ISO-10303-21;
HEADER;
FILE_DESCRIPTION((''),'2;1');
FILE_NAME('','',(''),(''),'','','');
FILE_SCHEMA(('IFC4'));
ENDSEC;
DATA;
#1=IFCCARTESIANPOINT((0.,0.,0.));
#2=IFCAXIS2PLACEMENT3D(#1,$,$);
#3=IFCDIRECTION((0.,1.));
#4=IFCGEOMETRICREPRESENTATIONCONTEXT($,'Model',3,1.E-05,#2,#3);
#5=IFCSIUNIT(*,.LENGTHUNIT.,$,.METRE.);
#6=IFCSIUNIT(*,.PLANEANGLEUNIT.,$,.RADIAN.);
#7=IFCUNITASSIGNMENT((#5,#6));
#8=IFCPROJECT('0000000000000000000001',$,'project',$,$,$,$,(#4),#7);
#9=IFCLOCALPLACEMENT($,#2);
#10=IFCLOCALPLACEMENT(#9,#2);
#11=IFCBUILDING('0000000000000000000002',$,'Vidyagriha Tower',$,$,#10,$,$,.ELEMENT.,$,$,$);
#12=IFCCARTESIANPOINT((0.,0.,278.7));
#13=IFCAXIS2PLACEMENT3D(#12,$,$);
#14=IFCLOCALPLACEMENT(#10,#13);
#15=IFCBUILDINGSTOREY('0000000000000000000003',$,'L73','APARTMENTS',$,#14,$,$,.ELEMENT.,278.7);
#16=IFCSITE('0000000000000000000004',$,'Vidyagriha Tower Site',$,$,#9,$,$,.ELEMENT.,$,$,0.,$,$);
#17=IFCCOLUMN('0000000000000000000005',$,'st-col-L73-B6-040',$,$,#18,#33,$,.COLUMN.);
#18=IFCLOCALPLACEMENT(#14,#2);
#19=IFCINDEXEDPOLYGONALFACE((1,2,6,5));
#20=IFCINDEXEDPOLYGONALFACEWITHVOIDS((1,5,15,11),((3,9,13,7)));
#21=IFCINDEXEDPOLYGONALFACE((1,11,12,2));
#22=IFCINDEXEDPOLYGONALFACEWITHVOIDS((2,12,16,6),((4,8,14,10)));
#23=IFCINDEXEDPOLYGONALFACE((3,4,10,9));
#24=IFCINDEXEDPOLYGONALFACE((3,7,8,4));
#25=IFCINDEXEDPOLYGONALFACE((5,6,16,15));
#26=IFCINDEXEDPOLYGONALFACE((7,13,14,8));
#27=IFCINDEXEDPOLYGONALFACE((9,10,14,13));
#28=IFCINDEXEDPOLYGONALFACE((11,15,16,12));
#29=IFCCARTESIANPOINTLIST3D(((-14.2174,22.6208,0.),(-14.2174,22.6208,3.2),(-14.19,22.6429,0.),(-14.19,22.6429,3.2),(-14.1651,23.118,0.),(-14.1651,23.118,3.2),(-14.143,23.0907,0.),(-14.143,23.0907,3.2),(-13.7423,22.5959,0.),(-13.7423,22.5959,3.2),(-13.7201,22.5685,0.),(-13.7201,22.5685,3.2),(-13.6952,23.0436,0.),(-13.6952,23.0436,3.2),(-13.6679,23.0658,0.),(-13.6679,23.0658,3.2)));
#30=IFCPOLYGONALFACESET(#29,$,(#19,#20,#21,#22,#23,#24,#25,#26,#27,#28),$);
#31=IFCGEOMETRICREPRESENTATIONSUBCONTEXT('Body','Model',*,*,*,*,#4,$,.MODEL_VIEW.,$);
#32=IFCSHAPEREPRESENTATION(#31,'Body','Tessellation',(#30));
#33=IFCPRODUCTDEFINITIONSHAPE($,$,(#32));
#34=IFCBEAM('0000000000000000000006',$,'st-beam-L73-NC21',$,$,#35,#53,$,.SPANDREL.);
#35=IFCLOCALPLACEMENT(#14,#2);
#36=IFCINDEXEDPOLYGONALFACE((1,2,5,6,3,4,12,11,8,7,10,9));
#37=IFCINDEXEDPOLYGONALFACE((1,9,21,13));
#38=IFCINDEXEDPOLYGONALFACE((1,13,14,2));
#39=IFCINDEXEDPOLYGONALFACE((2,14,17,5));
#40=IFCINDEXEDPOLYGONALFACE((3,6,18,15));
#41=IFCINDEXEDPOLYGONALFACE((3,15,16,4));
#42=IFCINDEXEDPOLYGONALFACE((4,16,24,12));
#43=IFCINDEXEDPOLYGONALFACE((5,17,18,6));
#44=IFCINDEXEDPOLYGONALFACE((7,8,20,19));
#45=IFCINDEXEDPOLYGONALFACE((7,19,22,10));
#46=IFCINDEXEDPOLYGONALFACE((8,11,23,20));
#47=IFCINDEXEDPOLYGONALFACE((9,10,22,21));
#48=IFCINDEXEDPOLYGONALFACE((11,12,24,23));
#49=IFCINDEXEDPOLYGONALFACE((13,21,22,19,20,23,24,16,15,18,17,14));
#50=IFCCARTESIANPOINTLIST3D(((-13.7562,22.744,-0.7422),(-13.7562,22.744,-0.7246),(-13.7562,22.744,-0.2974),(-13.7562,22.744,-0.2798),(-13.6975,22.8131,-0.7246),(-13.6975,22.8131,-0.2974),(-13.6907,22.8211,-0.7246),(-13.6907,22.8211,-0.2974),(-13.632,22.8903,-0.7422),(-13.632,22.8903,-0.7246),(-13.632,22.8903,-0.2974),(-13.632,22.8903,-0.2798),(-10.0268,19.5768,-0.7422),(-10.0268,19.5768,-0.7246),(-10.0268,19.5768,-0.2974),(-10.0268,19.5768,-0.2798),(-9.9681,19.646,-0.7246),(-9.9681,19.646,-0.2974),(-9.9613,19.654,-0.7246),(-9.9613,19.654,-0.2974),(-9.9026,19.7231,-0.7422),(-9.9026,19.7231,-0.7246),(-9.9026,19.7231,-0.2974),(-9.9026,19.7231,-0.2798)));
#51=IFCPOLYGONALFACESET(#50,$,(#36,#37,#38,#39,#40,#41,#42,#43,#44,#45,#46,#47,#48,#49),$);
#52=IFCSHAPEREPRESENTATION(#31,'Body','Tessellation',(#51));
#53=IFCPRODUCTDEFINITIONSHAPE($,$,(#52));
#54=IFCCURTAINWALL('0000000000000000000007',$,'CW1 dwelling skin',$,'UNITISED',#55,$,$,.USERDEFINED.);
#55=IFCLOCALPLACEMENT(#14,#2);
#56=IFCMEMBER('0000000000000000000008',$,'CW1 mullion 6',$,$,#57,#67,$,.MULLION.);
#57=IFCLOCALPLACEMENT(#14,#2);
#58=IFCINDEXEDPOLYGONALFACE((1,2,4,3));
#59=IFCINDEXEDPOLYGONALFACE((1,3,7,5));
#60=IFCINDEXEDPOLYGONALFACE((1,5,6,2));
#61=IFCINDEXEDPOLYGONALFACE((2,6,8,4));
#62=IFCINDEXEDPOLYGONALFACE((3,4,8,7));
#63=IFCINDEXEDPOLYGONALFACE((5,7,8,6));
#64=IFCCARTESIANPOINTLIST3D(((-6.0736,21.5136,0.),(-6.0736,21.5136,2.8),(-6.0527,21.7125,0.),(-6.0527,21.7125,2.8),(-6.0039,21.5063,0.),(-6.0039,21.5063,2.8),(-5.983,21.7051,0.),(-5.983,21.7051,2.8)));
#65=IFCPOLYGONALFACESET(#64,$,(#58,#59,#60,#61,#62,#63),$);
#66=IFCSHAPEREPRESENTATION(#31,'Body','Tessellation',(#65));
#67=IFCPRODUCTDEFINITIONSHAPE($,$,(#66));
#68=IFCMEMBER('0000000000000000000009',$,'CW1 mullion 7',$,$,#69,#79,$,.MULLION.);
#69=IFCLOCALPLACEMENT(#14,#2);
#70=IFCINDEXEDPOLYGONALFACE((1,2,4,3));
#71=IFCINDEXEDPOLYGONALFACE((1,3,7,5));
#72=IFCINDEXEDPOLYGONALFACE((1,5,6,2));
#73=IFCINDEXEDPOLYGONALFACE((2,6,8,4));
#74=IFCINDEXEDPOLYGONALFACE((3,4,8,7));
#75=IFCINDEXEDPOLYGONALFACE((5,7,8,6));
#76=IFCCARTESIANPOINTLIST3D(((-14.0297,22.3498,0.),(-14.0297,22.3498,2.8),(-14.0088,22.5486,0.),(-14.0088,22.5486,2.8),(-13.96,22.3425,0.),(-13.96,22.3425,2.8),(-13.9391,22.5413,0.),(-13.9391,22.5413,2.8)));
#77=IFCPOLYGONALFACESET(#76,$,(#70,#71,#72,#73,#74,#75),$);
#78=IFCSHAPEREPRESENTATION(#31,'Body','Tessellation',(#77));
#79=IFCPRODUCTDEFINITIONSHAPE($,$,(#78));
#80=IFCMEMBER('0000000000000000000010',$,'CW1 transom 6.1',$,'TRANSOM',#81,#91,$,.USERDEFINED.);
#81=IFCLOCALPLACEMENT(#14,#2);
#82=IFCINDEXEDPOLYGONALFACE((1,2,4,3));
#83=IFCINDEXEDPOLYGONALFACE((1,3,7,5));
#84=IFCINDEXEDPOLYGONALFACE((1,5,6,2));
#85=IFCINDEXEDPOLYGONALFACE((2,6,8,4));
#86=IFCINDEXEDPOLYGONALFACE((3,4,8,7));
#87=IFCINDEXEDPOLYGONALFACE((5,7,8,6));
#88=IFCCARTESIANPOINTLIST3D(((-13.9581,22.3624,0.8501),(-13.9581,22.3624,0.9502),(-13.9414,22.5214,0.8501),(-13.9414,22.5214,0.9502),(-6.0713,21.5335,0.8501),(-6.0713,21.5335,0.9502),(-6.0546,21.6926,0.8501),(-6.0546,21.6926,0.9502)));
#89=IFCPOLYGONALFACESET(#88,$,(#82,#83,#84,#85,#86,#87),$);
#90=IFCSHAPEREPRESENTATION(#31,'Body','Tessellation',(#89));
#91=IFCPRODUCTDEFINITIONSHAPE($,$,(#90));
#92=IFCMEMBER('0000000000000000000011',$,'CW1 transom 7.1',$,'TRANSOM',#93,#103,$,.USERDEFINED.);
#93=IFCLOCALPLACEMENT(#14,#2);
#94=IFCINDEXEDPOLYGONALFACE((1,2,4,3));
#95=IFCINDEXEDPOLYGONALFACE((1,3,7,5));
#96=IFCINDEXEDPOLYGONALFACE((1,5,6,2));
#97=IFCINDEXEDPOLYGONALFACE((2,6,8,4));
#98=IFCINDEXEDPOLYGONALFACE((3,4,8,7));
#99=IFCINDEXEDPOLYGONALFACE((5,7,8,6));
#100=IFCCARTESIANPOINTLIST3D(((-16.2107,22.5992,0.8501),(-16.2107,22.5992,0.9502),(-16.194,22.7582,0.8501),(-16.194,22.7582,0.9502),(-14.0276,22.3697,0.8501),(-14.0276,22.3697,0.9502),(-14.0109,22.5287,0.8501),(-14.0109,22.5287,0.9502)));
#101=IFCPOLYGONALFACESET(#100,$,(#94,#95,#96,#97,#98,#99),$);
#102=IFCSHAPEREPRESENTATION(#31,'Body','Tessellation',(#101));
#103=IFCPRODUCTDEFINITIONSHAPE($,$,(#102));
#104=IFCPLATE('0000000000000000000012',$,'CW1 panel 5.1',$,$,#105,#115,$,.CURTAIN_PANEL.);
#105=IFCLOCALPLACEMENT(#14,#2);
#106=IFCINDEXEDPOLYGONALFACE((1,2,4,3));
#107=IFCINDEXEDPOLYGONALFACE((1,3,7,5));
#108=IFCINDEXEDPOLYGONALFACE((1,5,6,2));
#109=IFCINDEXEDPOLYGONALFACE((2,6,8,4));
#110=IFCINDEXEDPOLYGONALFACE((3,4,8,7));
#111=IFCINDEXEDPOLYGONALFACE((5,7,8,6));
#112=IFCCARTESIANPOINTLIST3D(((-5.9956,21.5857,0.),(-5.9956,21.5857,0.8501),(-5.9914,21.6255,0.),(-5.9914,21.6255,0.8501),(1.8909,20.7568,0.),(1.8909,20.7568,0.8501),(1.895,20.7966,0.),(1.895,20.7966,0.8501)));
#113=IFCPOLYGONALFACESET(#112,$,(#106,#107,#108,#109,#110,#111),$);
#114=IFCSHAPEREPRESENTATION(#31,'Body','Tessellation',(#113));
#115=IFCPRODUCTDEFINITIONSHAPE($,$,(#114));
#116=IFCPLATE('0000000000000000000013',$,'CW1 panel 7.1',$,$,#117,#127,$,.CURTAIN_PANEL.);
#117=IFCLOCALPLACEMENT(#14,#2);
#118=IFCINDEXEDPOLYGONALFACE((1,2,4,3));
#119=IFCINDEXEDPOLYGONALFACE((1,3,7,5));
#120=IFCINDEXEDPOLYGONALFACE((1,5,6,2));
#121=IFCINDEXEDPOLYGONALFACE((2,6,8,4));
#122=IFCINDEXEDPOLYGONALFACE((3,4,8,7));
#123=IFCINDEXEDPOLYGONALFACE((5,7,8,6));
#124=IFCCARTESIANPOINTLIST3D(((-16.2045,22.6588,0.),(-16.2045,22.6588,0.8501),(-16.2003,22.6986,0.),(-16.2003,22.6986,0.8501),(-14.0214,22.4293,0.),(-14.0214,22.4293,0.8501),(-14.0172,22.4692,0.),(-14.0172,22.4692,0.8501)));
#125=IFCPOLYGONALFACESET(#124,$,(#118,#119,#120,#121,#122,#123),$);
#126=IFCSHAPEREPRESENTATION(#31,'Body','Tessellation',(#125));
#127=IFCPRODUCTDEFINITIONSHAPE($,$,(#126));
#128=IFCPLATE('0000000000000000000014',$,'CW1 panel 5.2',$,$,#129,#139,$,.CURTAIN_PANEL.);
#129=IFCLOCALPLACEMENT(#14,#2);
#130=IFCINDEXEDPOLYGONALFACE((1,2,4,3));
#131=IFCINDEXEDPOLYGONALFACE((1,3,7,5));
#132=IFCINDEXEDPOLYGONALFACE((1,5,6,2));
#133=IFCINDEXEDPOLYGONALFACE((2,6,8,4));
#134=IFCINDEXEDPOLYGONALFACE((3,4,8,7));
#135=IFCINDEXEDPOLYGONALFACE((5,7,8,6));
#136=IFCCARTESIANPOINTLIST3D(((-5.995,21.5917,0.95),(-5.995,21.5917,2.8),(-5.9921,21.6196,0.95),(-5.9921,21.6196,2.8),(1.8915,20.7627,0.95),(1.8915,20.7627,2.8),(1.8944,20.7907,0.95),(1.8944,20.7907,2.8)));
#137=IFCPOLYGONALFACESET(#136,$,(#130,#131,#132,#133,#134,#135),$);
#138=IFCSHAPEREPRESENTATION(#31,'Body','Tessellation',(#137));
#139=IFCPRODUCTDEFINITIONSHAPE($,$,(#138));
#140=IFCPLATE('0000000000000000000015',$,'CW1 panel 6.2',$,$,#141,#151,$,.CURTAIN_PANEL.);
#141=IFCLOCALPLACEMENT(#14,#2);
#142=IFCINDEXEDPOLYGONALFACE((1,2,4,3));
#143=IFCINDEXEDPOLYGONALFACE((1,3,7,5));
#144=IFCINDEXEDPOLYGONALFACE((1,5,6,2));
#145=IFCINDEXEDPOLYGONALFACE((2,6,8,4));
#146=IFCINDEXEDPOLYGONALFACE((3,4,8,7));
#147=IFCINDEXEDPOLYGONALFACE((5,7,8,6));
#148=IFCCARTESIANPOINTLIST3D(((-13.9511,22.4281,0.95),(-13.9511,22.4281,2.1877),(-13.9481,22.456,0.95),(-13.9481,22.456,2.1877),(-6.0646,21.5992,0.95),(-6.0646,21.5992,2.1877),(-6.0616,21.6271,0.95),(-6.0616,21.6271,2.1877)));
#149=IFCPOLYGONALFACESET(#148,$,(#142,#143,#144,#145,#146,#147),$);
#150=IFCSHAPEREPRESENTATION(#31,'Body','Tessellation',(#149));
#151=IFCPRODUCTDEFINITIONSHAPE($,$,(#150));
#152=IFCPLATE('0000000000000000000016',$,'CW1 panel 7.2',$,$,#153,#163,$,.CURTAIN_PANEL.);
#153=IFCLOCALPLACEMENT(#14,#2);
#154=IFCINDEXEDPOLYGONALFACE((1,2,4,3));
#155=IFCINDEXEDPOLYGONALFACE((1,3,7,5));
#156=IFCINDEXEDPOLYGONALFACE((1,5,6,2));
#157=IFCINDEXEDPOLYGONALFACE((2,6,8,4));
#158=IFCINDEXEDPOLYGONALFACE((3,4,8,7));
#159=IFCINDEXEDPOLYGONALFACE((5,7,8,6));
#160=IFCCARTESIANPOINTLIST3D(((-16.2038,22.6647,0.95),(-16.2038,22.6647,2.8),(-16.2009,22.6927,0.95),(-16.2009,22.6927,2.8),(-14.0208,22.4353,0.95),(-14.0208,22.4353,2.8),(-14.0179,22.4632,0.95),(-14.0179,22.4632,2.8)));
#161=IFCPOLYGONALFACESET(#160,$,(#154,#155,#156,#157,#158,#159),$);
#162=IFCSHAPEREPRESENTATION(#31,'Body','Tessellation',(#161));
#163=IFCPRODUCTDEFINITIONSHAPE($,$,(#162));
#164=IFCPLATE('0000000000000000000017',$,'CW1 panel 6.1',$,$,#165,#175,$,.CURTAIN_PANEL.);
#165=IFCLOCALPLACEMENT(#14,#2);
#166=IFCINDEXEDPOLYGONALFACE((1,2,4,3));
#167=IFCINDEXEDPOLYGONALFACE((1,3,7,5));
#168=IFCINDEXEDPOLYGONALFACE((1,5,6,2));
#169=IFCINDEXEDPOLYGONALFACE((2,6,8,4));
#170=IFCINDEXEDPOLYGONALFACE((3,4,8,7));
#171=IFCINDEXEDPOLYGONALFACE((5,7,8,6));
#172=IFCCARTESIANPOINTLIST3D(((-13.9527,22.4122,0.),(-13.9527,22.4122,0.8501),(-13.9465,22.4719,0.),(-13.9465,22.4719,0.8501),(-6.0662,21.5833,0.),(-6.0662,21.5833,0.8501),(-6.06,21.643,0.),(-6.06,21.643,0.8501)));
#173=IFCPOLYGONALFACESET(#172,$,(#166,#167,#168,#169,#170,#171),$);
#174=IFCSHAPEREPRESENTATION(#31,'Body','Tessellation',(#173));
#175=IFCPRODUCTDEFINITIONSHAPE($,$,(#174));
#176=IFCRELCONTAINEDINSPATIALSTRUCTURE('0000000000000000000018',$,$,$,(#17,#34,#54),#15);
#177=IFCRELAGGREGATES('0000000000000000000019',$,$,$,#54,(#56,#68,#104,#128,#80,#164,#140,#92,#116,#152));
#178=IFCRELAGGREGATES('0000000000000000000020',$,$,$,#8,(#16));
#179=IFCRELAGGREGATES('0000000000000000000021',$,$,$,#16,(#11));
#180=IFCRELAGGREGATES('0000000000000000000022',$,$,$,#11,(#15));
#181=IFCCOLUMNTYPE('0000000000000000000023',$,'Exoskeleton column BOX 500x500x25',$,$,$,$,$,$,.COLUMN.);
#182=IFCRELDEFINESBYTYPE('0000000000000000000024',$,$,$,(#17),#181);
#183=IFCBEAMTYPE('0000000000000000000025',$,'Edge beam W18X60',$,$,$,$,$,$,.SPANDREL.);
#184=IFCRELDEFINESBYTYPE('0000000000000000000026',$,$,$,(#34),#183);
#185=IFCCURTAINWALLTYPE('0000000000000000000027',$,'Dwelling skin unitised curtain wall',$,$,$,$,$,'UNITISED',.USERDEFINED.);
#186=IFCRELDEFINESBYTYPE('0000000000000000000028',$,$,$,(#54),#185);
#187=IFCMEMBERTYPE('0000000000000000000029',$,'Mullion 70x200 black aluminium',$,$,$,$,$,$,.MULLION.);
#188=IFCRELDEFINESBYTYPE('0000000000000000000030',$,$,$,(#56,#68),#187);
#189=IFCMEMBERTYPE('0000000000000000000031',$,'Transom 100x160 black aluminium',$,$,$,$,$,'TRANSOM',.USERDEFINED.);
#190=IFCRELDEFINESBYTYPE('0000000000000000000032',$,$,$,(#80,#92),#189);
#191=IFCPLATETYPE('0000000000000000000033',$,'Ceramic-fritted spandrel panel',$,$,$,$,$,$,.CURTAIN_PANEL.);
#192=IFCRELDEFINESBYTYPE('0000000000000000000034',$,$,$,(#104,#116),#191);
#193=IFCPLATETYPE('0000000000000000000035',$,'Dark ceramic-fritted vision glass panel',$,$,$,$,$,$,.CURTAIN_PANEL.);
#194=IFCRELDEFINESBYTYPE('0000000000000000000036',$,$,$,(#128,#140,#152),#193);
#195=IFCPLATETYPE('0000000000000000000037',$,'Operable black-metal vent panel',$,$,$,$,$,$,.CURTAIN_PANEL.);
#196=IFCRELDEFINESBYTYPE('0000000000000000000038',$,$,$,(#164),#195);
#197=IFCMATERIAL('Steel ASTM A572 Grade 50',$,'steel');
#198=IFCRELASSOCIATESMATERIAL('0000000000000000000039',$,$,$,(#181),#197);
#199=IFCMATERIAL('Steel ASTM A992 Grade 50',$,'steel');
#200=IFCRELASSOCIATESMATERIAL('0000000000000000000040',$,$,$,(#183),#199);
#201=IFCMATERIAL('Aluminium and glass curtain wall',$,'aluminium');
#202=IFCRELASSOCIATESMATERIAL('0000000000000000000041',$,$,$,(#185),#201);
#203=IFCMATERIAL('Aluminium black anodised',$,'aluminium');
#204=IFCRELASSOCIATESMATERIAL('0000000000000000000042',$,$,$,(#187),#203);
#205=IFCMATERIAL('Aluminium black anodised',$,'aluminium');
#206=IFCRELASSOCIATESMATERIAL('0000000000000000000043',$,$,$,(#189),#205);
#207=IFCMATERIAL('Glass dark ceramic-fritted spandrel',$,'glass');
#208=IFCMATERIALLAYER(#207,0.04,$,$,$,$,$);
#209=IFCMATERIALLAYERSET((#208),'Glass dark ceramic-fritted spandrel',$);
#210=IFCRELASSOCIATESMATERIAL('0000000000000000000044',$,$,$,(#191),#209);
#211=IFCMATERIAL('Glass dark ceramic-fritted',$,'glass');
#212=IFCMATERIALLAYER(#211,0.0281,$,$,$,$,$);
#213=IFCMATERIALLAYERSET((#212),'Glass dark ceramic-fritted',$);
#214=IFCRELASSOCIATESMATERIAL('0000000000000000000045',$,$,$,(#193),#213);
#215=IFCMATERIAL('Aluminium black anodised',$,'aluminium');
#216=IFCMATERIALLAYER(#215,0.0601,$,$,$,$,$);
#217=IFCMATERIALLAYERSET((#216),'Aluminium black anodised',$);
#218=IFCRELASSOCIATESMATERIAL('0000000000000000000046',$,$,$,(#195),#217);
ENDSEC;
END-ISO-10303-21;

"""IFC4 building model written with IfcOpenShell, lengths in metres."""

from ifc_helpers import new_model, si_unit, direction, frame, origin, origin_2d, place, context, subcontext, project, spatial, rectangle, hollow_rectangle, i_section, extrude, material, layer, layer_set, material_profile, profile_set, type_object, element, aggregate, save


model = new_model("IFC4")

# Units and contexts
model_context = context("Model", 3, precision=1e-05, world=origin(), true_north=direction((0.0, 1.0)))
body_context = subcontext(model_context, "Body", "Model", "MODEL_VIEW")
ifc_project = project(units=[si_unit("LENGTHUNIT", "METRE"), si_unit("PLANEANGLEUNIT", "RADIAN")], contexts=[model_context])

# Site, building, storey
site_placement = place(None, origin())
site = spatial("IfcSite", under=ifc_project, at=site_placement, Name="Vidyagriha Tower Site", CompositionType="ELEMENT", RefElevation=0.0)
building_placement = place(site_placement, origin())
building = spatial("IfcBuilding", under=site, at=building_placement, Name="Vidyagriha Tower", CompositionType="ELEMENT")
storey_placement = place(building_placement, frame((0.0, 0.0, 278.7)))
storey = spatial("IfcBuildingStorey", under=building, at=storey_placement, Name="L73", Description="APARTMENTS", CompositionType="ELEMENT", Elevation=278.7)

# Column
ifc_material_1 = material(Name="Steel ASTM A572 Grade 50", Category="steel")
ifc_material_profile_1 = material_profile(ifc_material_1, hollow_rectangle(XDim=0.5, YDim=0.5, WallThickness=0.0249, at=origin_2d()), Name="BOX 500x500x25")
ifc_profile_set_1 = profile_set([ifc_material_profile_1], Name="Steel ASTM A572 Grade 50")
column_type = type_object("IfcColumnType", Name="Exoskeleton column BOX 500x500x25", PredefinedType="COLUMN", material=ifc_profile_set_1)
column_placement = place(storey_placement, frame((-13.9426, 22.8433, 0.0), z_axis=(0.0, 0.0, 1.0), x_axis=(0.994522, -0.104528, 0.0)))
element("IfcColumn", 1, at=column_placement, inside=storey, type_object=column_type, Name="st-col-L73-B6-040", PredefinedType="COLUMN", context=body_context, shape_type="SweptSolid", body=[
    extrude(hollow_rectangle(XDim=0.5, YDim=0.5, WallThickness=0.0249, at=origin_2d()), origin(), (0.0, 0.0, 1.0), 3.2),
])

# Beam
ifc_material_2 = material(Name="Steel ASTM A992 Grade 50", Category="steel")
ifc_material_profile_2 = material_profile(ifc_material_2, i_section(OverallWidth=0.1919, OverallDepth=0.4624, WebThickness=0.0105, FlangeThickness=0.0176, at=origin_2d()), Name="W18X60")
ifc_profile_set_2 = profile_set([ifc_material_profile_2], Name="Steel ASTM A992 Grade 50")
beam_type = type_object("IfcBeamType", Name="Edge beam W18X60", PredefinedType="SPANDREL", material=ifc_profile_set_2)
beam_placement = place(storey_placement, frame((-13.6941, 22.8171, -0.511), z_axis=(0.762225, -0.647312, 0.0), x_axis=(0.647312, 0.762225, 0.0)))
element("IfcBeam", 2, at=beam_placement, inside=storey, type_object=beam_type, Name="st-beam-L73-NC21", PredefinedType="SPANDREL", context=body_context, shape_type="SweptSolid", body=[
    extrude(i_section(OverallWidth=0.1919, OverallDepth=0.4624, WebThickness=0.0105, FlangeThickness=0.0176, at=origin_2d()), origin(), (0.0, 0.0, 1.0), 4.8928),
])

# Curtain wall, members, plates
ifc_material_3 = material(Name="Aluminium and glass curtain wall", Category="aluminium")
curtain_wall_type = type_object("IfcCurtainWallType", Name="Dwelling skin unitised curtain wall", ElementType="UNITISED", PredefinedType="USERDEFINED", material=ifc_material_3)
curtain_wall_placement = place(storey_placement, origin())
curtain_wall = element("IfcCurtainWall", 3, at=curtain_wall_placement, inside=storey, type_object=curtain_wall_type, Name="CW1 dwelling skin", ObjectType="UNITISED", PredefinedType="USERDEFINED")
ifc_material_4 = material(Name="Aluminium black anodised", Category="aluminium")
ifc_material_profile_3 = material_profile(ifc_material_4, rectangle(XDim=0.2, YDim=0.0701, at=origin_2d()), Name="Mullion 70x200 black aluminium")
ifc_profile_set_3 = profile_set([ifc_material_profile_3], Name="Aluminium black anodised")
member_type_1 = type_object("IfcMemberType", Name="Mullion 70x200 black aluminium", PredefinedType="MULLION", material=ifc_profile_set_3)
member_1_placement = place(storey_placement, frame((-6.0283, 21.6094, 0.0), z_axis=(0.0, 0.0, 1.0), x_axis=(-0.104529, -0.994522, 0.0)))
member_1 = element("IfcMember", 4, at=member_1_placement, type_object=member_type_1, Name="CW1 mullion 6", PredefinedType="MULLION", context=body_context, shape_type="SweptSolid", body=[
    extrude(rectangle(XDim=0.2, YDim=0.0701, at=origin_2d()), origin(), (0.0, 0.0, 1.0), 2.8),
])
member_2_placement = place(storey_placement, frame((-13.9844, 22.4456, 0.0), z_axis=(0.0, 0.0, 1.0), x_axis=(-0.104529, -0.994522, 0.0)))
member_2 = element("IfcMember", 5, at=member_2_placement, type_object=member_type_1, Name="CW1 mullion 7", PredefinedType="MULLION", context=body_context, shape_type="SweptSolid", body=[
    extrude(rectangle(XDim=0.2, YDim=0.0701, at=origin_2d()), origin(), (0.0, 0.0, 1.0), 2.8),
])
ifc_material_5 = material(Name="Aluminium black anodised", Category="aluminium")
ifc_material_profile_4 = material_profile(ifc_material_5, rectangle(XDim=0.1599, YDim=0.1001, at=origin_2d()), Name="Transom 100x160 black aluminium")
ifc_profile_set_4 = profile_set([ifc_material_profile_4], Name="Aluminium black anodised")
member_type_2 = type_object("IfcMemberType", Name="Transom 100x160 black aluminium", ElementType="TRANSOM", PredefinedType="USERDEFINED", material=ifc_profile_set_4)
member_3_placement = place(storey_placement, frame((-6.063, 21.613, 0.9001), z_axis=(-0.994523, 0.10452, 0.0), x_axis=(-0.10452, -0.994523, 0.0)))
member_3 = element("IfcMember", 6, at=member_3_placement, type_object=member_type_2, Name="CW1 transom 6.1", ObjectType="TRANSOM", PredefinedType="USERDEFINED", context=body_context, shape_type="SweptSolid", body=[
    extrude(rectangle(XDim=0.1599, YDim=0.1001, at=origin_2d()), origin(), (0.0, 0.0, 1.0), 7.9302),
])
member_4_placement = place(storey_placement, frame((-14.0193, 22.4492, 0.9001), z_axis=(-0.99452, 0.104546, 0.0), x_axis=(-0.104546, -0.99452, 0.0)))
member_4 = element("IfcMember", 7, at=member_4_placement, type_object=member_type_2, Name="CW1 transom 7.1", ObjectType="TRANSOM", PredefinedType="USERDEFINED", context=body_context, shape_type="SweptSolid", body=[
    extrude(rectangle(XDim=0.1599, YDim=0.1001, at=origin_2d()), origin(), (0.0, 0.0, 1.0), 2.1951),
])
ifc_material_6 = material(Name="Glass dark ceramic-fritted spandrel", Category="glass")
ifc_layer_1 = layer(ifc_material_6, 0.04)
ifc_layer_set_1 = layer_set([ifc_layer_1], Name="Glass dark ceramic-fritted spandrel")
plate_type_1 = type_object("IfcPlateType", Name="Ceramic-fritted spandrel panel", PredefinedType="CURTAIN_PANEL", material=ifc_layer_set_1)
plate_1_placement = place(storey_placement, frame((-2.0503, 21.1912, 0.0), z_axis=(0.0, 0.0, 1.0), x_axis=(-0.994522, 0.104529, 0.0)))
plate_1 = element("IfcPlate", 8, at=plate_1_placement, type_object=plate_type_1, Name="CW1 panel 5.1", PredefinedType="CURTAIN_PANEL", context=body_context, shape_type="SweptSolid", body=[
    extrude(rectangle(XDim=7.9299, YDim=0.04, at=origin_2d()), origin(), (0.0, 0.0, 1.0), 0.8501),
])
plate_2_placement = place(storey_placement, frame((-15.1108, 22.564, 0.0), z_axis=(0.0, 0.0, 1.0), x_axis=(-0.994522, 0.104529, 0.0)))
plate_2 = element("IfcPlate", 9, at=plate_2_placement, type_object=plate_type_1, Name="CW1 panel 7.1", PredefinedType="CURTAIN_PANEL", context=body_context, shape_type="SweptSolid", body=[
    extrude(rectangle(XDim=2.1951, YDim=0.04, at=origin_2d()), origin(), (0.0, 0.0, 1.0), 0.8501),
])
ifc_material_7 = material(Name="Glass dark ceramic-fritted", Category="glass")
ifc_layer_2 = layer(ifc_material_7, 0.0281)
ifc_layer_set_2 = layer_set([ifc_layer_2], Name="Glass dark ceramic-fritted")
plate_type_2 = type_object("IfcPlateType", Name="Dark ceramic-fritted vision glass panel", PredefinedType="CURTAIN_PANEL", material=ifc_layer_set_2)
plate_3_placement = place(storey_placement, frame((-2.0503, 21.1912, 0.95), z_axis=(0.0, 0.0, 1.0), x_axis=(-0.994522, 0.104529, 0.0)))
plate_3 = element("IfcPlate", 10, at=plate_3_placement, type_object=plate_type_2, Name="CW1 panel 5.2", PredefinedType="CURTAIN_PANEL", context=body_context, shape_type="SweptSolid", body=[
    extrude(rectangle(XDim=7.9299, YDim=0.0281, at=origin_2d()), origin(), (0.0, 0.0, 1.0), 1.8501),
])
plate_4_placement = place(storey_placement, frame((-10.0063, 22.0276, 0.95), z_axis=(0.0, 0.0, 1.0), x_axis=(-0.994522, 0.104529, 0.0)))
plate_4 = element("IfcPlate", 11, at=plate_4_placement, type_object=plate_type_2, Name="CW1 panel 6.2", PredefinedType="CURTAIN_PANEL", context=body_context, shape_type="SweptSolid", body=[
    extrude(rectangle(XDim=7.9299, YDim=0.0281, at=origin_2d()), origin(), (0.0, 0.0, 1.0), 1.2378),
])
plate_5_placement = place(storey_placement, frame((-15.1108, 22.564, 0.95), z_axis=(0.0, 0.0, 1.0), x_axis=(-0.994522, 0.104529, 0.0)))
plate_5 = element("IfcPlate", 12, at=plate_5_placement, type_object=plate_type_2, Name="CW1 panel 7.2", PredefinedType="CURTAIN_PANEL", context=body_context, shape_type="SweptSolid", body=[
    extrude(rectangle(XDim=2.1951, YDim=0.0281, at=origin_2d()), origin(), (0.0, 0.0, 1.0), 1.8501),
])
ifc_material_8 = material(Name="Aluminium black anodised", Category="aluminium")
ifc_layer_3 = layer(ifc_material_8, 0.0601)
ifc_layer_set_3 = layer_set([ifc_layer_3], Name="Aluminium black anodised")
plate_type_3 = type_object("IfcPlateType", Name="Operable black-metal vent panel", PredefinedType="CURTAIN_PANEL", material=ifc_layer_set_3)
plate_6_placement = place(storey_placement, frame((-10.0063, 22.0276, 0.0), z_axis=(0.0, 0.0, 1.0), x_axis=(-0.994522, 0.104529, 0.0)))
plate_6 = element("IfcPlate", 13, at=plate_6_placement, type_object=plate_type_3, Name="CW1 panel 6.1", PredefinedType="CURTAIN_PANEL", context=body_context, shape_type="SweptSolid", body=[
    extrude(rectangle(XDim=7.9299, YDim=0.0601, at=origin_2d()), origin(), (0.0, 0.0, 1.0), 0.8501),
])
aggregate(curtain_wall, [member_1, member_2, plate_1, plate_3, member_3, plate_6, plate_4, member_4, plate_2, plate_5])

save(model, "model.ifc")
